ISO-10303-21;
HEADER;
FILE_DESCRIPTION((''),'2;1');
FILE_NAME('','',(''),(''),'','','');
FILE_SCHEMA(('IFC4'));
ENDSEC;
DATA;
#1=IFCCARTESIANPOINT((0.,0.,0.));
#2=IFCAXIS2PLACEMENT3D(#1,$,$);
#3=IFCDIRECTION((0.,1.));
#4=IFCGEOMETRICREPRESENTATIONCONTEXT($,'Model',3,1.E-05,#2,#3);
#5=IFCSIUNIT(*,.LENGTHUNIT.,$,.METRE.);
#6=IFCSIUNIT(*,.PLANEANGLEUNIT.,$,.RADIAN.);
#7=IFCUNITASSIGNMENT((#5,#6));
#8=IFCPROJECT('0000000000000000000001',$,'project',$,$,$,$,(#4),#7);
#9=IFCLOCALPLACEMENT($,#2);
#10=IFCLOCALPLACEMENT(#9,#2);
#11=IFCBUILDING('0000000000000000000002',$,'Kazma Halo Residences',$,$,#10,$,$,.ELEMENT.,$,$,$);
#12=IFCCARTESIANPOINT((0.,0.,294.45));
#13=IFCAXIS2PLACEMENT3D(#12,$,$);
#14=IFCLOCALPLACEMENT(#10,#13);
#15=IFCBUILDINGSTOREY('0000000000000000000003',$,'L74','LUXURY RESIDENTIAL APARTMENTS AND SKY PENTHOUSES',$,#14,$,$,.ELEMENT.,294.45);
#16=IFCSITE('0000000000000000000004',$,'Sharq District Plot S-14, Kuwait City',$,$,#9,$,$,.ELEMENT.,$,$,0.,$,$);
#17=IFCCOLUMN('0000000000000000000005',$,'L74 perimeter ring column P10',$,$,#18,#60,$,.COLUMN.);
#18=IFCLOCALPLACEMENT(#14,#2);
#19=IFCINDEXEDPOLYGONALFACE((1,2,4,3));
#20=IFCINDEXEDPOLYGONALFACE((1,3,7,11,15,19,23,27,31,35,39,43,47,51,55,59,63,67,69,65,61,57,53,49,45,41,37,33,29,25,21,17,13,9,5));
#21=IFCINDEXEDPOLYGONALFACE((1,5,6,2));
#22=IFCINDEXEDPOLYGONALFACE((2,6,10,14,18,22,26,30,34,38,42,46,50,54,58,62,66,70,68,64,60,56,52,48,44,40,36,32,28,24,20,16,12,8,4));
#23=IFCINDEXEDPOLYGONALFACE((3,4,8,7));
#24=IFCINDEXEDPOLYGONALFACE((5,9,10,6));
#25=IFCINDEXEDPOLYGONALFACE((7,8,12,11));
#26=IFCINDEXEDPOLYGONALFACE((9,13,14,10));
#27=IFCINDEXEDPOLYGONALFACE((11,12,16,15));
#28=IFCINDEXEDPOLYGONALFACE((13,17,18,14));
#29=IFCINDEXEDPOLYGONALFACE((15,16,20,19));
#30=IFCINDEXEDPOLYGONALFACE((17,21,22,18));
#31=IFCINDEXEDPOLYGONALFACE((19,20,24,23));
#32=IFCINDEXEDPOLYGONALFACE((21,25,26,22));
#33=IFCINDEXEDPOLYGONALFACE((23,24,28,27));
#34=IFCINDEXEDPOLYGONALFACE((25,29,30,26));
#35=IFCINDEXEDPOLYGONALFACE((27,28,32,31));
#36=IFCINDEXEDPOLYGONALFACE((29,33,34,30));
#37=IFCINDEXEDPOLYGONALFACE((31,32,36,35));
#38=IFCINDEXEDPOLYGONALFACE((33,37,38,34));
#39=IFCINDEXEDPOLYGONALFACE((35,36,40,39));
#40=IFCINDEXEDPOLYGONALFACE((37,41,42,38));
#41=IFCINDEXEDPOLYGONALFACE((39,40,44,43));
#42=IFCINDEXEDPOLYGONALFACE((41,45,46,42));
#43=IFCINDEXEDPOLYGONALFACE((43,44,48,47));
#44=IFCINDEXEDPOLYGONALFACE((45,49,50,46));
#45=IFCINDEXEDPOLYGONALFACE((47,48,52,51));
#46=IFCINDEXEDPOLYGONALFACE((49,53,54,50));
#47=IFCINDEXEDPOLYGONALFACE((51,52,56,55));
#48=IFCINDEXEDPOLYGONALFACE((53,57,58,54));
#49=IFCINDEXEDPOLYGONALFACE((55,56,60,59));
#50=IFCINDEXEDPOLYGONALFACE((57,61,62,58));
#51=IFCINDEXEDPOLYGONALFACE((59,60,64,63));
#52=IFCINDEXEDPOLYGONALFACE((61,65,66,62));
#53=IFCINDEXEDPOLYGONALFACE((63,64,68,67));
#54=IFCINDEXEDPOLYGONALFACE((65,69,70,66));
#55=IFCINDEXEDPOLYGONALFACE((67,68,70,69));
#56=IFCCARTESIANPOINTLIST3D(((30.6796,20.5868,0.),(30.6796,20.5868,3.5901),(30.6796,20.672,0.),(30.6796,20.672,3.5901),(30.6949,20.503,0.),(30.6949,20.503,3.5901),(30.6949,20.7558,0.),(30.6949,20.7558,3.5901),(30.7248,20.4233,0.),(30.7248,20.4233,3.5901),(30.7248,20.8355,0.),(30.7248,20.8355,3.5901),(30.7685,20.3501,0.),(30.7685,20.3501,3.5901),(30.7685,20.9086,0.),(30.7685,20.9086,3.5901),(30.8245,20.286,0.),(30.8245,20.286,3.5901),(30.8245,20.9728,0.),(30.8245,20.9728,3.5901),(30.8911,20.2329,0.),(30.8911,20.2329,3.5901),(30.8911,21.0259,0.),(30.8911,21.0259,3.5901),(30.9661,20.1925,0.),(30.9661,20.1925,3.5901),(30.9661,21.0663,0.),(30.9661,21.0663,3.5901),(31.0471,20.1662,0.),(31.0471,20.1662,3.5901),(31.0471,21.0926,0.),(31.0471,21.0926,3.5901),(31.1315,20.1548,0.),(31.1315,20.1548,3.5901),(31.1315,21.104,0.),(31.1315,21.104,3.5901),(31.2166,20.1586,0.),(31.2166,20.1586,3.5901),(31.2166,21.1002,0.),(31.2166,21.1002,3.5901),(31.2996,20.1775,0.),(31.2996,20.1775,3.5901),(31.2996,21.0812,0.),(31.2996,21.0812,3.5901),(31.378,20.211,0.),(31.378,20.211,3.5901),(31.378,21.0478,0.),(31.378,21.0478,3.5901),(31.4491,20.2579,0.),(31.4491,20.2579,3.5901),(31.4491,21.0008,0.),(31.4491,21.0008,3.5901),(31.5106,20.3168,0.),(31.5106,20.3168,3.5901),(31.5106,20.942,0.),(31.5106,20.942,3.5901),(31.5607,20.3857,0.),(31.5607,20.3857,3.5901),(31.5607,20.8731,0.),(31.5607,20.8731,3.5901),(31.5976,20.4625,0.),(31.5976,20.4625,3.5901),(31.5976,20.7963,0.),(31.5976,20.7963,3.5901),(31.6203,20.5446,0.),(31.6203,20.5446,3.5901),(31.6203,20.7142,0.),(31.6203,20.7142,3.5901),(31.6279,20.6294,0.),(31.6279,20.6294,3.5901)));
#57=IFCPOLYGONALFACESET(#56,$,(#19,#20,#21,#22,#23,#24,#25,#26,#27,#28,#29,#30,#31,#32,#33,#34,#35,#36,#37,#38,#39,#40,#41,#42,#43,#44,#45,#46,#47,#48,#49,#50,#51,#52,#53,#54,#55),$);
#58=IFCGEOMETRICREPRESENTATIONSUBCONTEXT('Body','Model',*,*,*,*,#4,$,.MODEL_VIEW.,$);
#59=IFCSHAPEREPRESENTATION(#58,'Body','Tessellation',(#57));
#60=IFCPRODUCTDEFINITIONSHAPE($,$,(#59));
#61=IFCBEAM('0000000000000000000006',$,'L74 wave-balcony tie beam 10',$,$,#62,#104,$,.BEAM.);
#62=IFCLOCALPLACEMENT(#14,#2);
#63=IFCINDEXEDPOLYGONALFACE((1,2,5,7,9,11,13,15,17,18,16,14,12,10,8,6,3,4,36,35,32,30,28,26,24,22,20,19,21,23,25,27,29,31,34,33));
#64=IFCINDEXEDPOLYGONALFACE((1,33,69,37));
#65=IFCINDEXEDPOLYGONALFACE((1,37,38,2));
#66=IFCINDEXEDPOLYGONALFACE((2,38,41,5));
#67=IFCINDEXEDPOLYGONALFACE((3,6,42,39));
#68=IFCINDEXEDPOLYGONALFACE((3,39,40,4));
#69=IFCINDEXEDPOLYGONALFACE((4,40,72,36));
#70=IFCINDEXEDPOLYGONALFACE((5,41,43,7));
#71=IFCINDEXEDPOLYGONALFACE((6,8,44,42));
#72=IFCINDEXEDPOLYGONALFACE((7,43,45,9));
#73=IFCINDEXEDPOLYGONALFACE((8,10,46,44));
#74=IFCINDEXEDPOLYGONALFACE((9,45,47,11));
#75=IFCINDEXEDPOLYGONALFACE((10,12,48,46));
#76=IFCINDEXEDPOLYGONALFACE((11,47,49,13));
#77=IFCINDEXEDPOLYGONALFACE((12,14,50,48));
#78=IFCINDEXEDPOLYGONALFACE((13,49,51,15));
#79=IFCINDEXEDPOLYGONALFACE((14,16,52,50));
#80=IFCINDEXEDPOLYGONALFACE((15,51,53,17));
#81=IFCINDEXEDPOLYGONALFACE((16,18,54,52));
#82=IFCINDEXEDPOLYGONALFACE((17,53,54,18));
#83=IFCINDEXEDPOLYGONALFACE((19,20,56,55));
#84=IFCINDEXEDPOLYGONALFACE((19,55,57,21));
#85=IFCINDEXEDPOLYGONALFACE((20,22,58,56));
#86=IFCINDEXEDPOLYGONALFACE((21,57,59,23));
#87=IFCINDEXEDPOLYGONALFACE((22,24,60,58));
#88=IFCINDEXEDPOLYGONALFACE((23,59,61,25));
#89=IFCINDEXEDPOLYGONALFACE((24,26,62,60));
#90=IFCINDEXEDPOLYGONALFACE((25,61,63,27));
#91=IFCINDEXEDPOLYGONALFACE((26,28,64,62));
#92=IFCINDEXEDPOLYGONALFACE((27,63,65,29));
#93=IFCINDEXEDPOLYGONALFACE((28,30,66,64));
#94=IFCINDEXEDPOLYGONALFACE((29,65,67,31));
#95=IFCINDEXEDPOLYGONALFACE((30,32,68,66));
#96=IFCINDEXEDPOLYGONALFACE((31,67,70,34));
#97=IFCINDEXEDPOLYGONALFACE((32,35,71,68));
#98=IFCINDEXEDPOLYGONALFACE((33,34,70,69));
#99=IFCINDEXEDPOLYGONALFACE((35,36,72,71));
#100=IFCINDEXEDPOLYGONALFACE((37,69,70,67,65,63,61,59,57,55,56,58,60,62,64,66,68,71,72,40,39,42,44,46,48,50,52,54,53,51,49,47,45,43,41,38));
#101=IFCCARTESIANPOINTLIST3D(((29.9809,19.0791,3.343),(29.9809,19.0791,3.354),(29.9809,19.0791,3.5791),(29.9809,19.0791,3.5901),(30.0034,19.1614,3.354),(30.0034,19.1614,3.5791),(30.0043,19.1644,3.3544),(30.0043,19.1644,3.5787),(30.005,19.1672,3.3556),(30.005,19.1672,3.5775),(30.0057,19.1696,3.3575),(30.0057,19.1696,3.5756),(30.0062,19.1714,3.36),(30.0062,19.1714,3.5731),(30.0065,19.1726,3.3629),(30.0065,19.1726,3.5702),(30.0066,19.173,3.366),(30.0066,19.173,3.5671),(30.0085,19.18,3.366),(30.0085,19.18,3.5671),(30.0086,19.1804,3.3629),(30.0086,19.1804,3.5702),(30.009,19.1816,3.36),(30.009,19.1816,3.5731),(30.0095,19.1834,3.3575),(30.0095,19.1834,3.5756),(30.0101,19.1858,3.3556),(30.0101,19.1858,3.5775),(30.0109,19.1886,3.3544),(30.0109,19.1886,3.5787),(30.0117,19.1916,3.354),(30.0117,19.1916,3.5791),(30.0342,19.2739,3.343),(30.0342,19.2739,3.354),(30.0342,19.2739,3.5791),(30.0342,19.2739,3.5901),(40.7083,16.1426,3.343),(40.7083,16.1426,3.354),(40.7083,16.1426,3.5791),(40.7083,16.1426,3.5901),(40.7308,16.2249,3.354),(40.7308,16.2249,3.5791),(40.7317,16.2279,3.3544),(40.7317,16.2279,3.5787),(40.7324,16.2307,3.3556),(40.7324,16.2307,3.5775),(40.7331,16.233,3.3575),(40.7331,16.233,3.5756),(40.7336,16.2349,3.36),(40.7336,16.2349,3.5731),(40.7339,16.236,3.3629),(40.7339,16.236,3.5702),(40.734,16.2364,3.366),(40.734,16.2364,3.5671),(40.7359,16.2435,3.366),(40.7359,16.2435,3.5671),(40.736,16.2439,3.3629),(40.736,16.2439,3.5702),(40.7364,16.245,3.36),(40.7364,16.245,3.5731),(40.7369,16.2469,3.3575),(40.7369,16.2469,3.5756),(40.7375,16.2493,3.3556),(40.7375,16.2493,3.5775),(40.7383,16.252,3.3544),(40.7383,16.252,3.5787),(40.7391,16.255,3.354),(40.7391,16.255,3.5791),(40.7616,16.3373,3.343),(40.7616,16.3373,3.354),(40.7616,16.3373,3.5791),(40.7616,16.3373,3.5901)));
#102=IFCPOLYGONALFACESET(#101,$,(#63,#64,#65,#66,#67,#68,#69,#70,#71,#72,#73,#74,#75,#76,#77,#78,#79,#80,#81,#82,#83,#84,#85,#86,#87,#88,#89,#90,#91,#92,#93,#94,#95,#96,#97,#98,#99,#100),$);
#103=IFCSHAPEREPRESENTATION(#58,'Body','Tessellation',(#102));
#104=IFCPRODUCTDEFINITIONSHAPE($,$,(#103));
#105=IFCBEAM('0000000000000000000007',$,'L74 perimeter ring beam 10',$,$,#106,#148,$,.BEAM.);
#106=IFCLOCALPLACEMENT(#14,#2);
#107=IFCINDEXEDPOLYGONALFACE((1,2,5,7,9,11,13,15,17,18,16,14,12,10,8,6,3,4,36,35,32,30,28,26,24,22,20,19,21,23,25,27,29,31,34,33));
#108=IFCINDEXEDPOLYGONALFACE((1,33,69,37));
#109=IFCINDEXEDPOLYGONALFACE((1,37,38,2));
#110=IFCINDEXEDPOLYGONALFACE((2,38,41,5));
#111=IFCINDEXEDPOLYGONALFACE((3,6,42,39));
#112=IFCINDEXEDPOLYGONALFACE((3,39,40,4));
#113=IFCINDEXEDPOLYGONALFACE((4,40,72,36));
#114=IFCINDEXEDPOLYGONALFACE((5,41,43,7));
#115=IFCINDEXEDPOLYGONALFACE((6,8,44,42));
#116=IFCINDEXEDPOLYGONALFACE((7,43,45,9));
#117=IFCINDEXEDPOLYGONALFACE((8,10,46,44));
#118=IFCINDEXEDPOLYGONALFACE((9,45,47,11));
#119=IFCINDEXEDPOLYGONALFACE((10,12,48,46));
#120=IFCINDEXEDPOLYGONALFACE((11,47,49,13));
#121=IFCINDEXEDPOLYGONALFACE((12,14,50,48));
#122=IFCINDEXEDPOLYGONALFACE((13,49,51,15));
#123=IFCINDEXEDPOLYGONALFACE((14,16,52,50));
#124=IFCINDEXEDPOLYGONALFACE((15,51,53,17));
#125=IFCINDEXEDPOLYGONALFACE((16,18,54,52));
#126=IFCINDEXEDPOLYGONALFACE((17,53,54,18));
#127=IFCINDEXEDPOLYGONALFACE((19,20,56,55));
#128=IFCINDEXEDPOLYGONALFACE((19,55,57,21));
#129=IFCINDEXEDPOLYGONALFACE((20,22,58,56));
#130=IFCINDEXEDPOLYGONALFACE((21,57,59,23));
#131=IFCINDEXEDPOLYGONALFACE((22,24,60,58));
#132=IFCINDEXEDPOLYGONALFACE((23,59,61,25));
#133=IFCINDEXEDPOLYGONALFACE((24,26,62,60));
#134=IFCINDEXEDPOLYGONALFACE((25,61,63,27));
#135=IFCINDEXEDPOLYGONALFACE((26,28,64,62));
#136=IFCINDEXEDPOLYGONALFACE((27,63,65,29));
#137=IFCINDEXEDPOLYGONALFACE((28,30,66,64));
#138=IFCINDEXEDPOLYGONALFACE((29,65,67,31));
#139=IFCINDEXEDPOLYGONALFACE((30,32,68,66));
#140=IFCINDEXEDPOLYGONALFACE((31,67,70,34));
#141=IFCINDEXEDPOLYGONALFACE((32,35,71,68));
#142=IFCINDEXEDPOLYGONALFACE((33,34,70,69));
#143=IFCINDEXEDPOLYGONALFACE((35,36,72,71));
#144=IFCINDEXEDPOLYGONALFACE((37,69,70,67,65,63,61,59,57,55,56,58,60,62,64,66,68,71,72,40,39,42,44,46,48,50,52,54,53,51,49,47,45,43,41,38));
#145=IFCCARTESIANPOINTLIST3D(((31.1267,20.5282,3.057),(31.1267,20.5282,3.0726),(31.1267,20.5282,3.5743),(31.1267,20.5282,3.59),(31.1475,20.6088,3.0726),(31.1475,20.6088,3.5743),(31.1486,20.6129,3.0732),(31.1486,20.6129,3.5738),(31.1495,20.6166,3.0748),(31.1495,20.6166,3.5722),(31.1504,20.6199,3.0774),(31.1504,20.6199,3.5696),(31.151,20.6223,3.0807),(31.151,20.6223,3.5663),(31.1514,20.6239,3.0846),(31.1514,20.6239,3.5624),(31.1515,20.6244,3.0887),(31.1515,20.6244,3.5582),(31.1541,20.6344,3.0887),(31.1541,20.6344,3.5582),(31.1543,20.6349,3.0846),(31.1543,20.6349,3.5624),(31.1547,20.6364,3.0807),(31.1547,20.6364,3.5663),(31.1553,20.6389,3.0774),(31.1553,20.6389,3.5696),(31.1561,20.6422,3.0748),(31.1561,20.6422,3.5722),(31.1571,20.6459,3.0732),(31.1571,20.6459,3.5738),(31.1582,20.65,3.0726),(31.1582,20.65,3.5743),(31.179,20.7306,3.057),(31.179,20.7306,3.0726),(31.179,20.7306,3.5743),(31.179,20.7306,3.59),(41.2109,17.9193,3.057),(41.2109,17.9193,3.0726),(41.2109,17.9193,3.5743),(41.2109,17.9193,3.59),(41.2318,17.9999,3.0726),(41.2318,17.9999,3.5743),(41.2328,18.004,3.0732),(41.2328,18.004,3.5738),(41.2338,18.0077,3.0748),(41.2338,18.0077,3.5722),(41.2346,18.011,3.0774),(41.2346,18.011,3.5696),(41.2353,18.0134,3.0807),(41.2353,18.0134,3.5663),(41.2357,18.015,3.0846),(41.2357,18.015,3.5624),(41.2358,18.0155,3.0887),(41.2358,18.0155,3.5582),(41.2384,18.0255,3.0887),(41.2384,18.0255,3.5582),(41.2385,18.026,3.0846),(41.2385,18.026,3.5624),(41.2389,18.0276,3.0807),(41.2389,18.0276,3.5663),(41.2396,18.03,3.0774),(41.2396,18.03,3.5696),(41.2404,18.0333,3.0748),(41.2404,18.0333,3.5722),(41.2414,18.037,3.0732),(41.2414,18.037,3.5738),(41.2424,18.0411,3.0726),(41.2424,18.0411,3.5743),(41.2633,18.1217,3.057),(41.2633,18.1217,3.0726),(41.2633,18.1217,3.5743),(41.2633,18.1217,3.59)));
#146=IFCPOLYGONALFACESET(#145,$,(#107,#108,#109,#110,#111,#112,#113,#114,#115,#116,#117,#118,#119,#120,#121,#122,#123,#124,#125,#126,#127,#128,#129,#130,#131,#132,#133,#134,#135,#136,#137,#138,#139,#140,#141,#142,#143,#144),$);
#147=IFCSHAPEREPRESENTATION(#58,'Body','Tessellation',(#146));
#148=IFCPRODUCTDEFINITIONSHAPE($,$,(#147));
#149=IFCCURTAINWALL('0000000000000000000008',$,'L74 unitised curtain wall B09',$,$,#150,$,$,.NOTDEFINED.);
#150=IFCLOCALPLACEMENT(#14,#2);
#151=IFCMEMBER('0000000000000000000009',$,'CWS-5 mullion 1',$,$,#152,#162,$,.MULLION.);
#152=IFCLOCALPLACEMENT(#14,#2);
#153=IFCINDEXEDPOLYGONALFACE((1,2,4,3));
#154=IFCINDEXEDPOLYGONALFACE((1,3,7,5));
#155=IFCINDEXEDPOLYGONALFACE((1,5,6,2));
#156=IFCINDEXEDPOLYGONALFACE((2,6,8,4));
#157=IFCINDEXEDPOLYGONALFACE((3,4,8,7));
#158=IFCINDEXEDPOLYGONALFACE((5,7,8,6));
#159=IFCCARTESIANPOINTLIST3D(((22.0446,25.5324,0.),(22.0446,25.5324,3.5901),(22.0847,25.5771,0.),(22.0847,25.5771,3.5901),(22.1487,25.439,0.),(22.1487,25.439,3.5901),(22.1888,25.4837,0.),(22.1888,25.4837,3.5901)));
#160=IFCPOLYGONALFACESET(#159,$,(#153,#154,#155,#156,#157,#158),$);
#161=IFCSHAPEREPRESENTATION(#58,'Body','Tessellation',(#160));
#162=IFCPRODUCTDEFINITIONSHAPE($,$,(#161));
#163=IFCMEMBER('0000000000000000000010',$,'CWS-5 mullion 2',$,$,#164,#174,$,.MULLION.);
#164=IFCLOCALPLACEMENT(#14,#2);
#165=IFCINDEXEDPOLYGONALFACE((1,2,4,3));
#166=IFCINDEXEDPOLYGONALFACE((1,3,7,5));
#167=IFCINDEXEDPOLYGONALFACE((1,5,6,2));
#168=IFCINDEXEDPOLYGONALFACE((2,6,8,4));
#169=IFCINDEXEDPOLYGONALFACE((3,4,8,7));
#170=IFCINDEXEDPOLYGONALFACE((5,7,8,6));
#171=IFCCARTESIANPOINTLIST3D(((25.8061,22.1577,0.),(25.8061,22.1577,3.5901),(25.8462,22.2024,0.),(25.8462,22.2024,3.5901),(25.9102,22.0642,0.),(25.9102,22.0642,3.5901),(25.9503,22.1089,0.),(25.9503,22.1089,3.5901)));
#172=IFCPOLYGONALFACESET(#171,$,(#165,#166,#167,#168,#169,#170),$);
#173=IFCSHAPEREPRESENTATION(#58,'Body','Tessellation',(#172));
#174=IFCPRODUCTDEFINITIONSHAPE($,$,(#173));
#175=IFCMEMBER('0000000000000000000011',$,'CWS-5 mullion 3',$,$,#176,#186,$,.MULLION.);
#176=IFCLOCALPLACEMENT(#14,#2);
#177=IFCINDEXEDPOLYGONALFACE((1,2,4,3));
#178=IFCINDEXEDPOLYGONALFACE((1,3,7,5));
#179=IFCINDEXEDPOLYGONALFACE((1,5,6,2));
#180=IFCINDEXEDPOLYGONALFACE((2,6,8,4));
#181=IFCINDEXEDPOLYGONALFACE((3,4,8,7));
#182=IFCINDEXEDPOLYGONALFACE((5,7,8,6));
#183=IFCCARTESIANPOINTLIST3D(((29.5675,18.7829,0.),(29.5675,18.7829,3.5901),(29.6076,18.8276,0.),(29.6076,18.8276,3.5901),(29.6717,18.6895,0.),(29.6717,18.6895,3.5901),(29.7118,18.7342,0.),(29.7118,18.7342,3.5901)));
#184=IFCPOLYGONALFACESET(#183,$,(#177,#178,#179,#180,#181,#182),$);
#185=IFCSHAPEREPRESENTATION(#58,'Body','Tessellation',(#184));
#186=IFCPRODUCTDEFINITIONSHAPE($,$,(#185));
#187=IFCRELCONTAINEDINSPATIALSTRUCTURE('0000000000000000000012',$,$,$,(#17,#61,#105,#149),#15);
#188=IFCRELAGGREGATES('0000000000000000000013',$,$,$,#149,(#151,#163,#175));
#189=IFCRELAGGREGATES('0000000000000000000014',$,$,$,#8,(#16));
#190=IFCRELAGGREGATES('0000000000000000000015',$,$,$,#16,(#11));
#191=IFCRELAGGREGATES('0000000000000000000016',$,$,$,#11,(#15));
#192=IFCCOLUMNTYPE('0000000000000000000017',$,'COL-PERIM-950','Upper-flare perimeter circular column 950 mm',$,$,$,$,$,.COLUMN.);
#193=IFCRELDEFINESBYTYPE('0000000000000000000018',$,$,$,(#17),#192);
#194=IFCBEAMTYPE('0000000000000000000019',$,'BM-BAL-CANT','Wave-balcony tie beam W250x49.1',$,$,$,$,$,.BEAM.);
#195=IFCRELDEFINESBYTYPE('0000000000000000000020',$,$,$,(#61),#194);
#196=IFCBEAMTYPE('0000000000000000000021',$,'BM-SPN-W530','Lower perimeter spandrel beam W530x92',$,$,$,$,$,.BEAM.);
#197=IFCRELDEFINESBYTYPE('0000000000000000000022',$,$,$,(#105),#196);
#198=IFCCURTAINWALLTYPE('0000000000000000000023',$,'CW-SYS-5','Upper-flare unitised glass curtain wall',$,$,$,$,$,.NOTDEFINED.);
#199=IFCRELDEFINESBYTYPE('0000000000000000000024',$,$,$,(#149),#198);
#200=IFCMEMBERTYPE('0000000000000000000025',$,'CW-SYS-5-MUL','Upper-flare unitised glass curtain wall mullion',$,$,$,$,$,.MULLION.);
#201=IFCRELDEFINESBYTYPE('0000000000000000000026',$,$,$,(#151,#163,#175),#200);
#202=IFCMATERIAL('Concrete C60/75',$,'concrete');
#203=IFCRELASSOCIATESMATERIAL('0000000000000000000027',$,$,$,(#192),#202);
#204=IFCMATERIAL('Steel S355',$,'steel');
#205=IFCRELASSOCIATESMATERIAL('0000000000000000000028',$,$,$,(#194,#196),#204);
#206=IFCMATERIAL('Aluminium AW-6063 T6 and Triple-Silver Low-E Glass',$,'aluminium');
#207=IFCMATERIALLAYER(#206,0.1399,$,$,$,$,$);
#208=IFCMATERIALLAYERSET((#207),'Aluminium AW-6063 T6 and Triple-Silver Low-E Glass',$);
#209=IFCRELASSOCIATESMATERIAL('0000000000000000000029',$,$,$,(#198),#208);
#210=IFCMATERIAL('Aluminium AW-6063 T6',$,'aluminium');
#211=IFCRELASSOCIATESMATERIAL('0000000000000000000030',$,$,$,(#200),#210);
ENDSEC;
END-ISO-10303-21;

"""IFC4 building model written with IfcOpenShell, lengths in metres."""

from ifc_helpers import new_model, si_unit, direction, frame, origin, origin_2d, place, context, subcontext, project, spatial, rectangle, circle, i_section, extrude, material, layer, layer_set, material_profile, profile_set, type_object, element, aggregate, save


model = new_model("IFC4")

# Units and contexts
model_context = context("Model", 3, precision=1e-05, world=origin(), true_north=direction((0.0, 1.0)))
body_context = subcontext(model_context, "Body", "Model", "MODEL_VIEW")
ifc_project = project(units=[si_unit("LENGTHUNIT", "METRE"), si_unit("PLANEANGLEUNIT", "RADIAN")], contexts=[model_context])

# Site, building, storey
site_placement = place(None, origin())
site = spatial("IfcSite", under=ifc_project, at=site_placement, Name="Sharq District Plot S-14, Kuwait City", CompositionType="ELEMENT", RefElevation=0.0)
building_placement = place(site_placement, origin())
building = spatial("IfcBuilding", under=site, at=building_placement, Name="Kazma Halo Residences", CompositionType="ELEMENT")
storey_placement = place(building_placement, frame((0.0, 0.0, 294.45)))
storey = spatial("IfcBuildingStorey", under=building, at=storey_placement, Name="L74", Description="LUXURY RESIDENTIAL APARTMENTS AND SKY PENTHOUSES", CompositionType="ELEMENT", Elevation=294.45)

# Column
ifc_material_1 = material(Name="Concrete C60/75", Category="concrete")
ifc_material_profile_1 = material_profile(ifc_material_1, circle(Radius=0.4751, at=origin_2d()), Name="CIRC950")
ifc_profile_set_1 = profile_set([ifc_material_profile_1], Name="Concrete C60/75")
column_type = type_object("IfcColumnType", Name="COL-PERIM-950", Description="Upper-flare perimeter circular column 950 mm", PredefinedType="COLUMN", material=ifc_profile_set_1)
column_placement = place(storey_placement, frame((31.1528, 20.6294, 0.0), z_axis=(0.0, 0.0, 1.0), x_axis=(1.0, 0.0, 0.0)))
element("IfcColumn", 1, at=column_placement, inside=storey, type_object=column_type, Name="L74 perimeter ring column P10", PredefinedType="COLUMN", context=body_context, shape_type="SweptSolid", body=[
    extrude(circle(Radius=0.4751, at=origin_2d()), origin(), (0.0, 0.0, 1.0), 3.5901),
])

# Beams
ifc_material_2 = material(Name="Steel S355", Category="steel")
ifc_material_profile_2 = material_profile(ifc_material_2, i_section(OverallWidth=0.2019, OverallDepth=0.2471, WebThickness=0.0073, FlangeThickness=0.011, FilletRadius=0.012, at=origin_2d()), Name="W250x49.1")
ifc_profile_set_2 = profile_set([ifc_material_profile_2], Name="Steel S355")
beam_type_1 = type_object("IfcBeamType", Name="BM-BAL-CANT", Description="Wave-balcony tie beam W250x49.1", PredefinedType="BEAM", material=ifc_profile_set_2)
beam_1_placement = place(storey_placement, frame((30.0076, 19.1765, 3.4666), z_axis=(0.964515, -0.264029, 0.0), x_axis=(0.264029, 0.964515, 0.0)))
element("IfcBeam", 2, at=beam_1_placement, inside=storey, type_object=beam_type_1, Name="L74 wave-balcony tie beam 10", PredefinedType="BEAM", context=body_context, shape_type="SweptSolid", body=[
    extrude(i_section(OverallWidth=0.2019, OverallDepth=0.2471, WebThickness=0.0073, FlangeThickness=0.011, FilletRadius=0.012, at=origin_2d()), origin(), (0.0, 0.0, 1.0), 11.1221),
])
ifc_material_profile_3 = material_profile(ifc_material_2, i_section(OverallWidth=0.209, OverallDepth=0.533, WebThickness=0.0103, FlangeThickness=0.0156, FilletRadius=0.0161, at=origin_2d()), Name="W530x92")
ifc_profile_set_3 = profile_set([ifc_material_profile_3], Name="Steel S355")
beam_type_2 = type_object("IfcBeamType", Name="BM-SPN-W530", Description="Lower perimeter spandrel beam W530x92", PredefinedType="BEAM", material=ifc_profile_set_3)
beam_2_placement = place(storey_placement, frame((31.1528, 20.6294, 3.3235), z_axis=(0.968126, -0.250464, 0.0), x_axis=(0.250464, 0.968126, 0.0)))
element("IfcBeam", 3, at=beam_2_placement, inside=storey, type_object=beam_type_2, Name="L74 perimeter ring beam 10", PredefinedType="BEAM", context=body_context, shape_type="SweptSolid", body=[
    extrude(i_section(OverallWidth=0.209, OverallDepth=0.533, WebThickness=0.0103, FlangeThickness=0.0156, FilletRadius=0.0161, at=origin_2d()), origin(), (0.0, 0.0, 1.0), 10.4163),
])

# Curtain wall, members
ifc_material_3 = material(Name="Aluminium AW-6063 T6 and Triple-Silver Low-E Glass", Category="aluminium")
ifc_layer_1 = layer(ifc_material_3, 0.1399)
ifc_layer_set_1 = layer_set([ifc_layer_1], Name="Aluminium AW-6063 T6 and Triple-Silver Low-E Glass")
curtain_wall_type = type_object("IfcCurtainWallType", Name="CW-SYS-5", Description="Upper-flare unitised glass curtain wall", PredefinedType="NOTDEFINED", material=ifc_layer_set_1)
curtain_wall_placement = place(storey_placement, origin())
curtain_wall = element("IfcCurtainWall", 4, at=curtain_wall_placement, inside=storey, type_object=curtain_wall_type, Name="L74 unitised curtain wall B09", PredefinedType="NOTDEFINED")
ifc_material_4 = material(Name="Aluminium AW-6063 T6", Category="aluminium")
ifc_material_profile_4 = material_profile(ifc_material_4, rectangle(XDim=0.0601, YDim=0.1399, at=origin_2d()), Name="CWM-60x140")
ifc_profile_set_4 = profile_set([ifc_material_profile_4], Name="Aluminium AW-6063 T6")
member_type_1 = type_object("IfcMemberType", Name="CW-SYS-5-MUL", Description="Upper-flare unitised glass curtain wall mullion", PredefinedType="MULLION", material=ifc_profile_set_4)
member_1_placement = place(storey_placement, frame((22.1167, 25.5081, 0.0), z_axis=(0.0, 0.0, 1.0), x_axis=(0.667805, 0.744336, 0.0)))
member_1 = element("IfcMember", 5, at=member_1_placement, type_object=member_type_1, Name="CWS-5 mullion 1", PredefinedType="MULLION", context=body_context, shape_type="SweptSolid", body=[
    extrude(rectangle(XDim=0.0601, YDim=0.1399, at=origin_2d()), origin(), (0.0, 0.0, 1.0), 3.5901),
])
member_2_placement = place(storey_placement, frame((25.8782, 22.1333, 0.0), z_axis=(0.0, 0.0, 1.0), x_axis=(0.667805, 0.744336, 0.0)))
member_2 = element("IfcMember", 6, at=member_2_placement, type_object=member_type_1, Name="CWS-5 mullion 2", PredefinedType="MULLION", context=body_context, shape_type="SweptSolid", body=[
    extrude(rectangle(XDim=0.0601, YDim=0.1399, at=origin_2d()), origin(), (0.0, 0.0, 1.0), 3.5901),
])
member_3_placement = place(storey_placement, frame((29.6396, 18.7585, 0.0), z_axis=(0.0, 0.0, 1.0), x_axis=(0.667805, 0.744336, 0.0)))
member_3 = element("IfcMember", 7, at=member_3_placement, type_object=member_type_1, Name="CWS-5 mullion 3", PredefinedType="MULLION", context=body_context, shape_type="SweptSolid", body=[
    extrude(rectangle(XDim=0.0601, YDim=0.1399, at=origin_2d()), origin(), (0.0, 0.0, 1.0), 3.5901),
])
aggregate(curtain_wall, [member_1, member_2, member_3])

save(model, "model.ifc")
